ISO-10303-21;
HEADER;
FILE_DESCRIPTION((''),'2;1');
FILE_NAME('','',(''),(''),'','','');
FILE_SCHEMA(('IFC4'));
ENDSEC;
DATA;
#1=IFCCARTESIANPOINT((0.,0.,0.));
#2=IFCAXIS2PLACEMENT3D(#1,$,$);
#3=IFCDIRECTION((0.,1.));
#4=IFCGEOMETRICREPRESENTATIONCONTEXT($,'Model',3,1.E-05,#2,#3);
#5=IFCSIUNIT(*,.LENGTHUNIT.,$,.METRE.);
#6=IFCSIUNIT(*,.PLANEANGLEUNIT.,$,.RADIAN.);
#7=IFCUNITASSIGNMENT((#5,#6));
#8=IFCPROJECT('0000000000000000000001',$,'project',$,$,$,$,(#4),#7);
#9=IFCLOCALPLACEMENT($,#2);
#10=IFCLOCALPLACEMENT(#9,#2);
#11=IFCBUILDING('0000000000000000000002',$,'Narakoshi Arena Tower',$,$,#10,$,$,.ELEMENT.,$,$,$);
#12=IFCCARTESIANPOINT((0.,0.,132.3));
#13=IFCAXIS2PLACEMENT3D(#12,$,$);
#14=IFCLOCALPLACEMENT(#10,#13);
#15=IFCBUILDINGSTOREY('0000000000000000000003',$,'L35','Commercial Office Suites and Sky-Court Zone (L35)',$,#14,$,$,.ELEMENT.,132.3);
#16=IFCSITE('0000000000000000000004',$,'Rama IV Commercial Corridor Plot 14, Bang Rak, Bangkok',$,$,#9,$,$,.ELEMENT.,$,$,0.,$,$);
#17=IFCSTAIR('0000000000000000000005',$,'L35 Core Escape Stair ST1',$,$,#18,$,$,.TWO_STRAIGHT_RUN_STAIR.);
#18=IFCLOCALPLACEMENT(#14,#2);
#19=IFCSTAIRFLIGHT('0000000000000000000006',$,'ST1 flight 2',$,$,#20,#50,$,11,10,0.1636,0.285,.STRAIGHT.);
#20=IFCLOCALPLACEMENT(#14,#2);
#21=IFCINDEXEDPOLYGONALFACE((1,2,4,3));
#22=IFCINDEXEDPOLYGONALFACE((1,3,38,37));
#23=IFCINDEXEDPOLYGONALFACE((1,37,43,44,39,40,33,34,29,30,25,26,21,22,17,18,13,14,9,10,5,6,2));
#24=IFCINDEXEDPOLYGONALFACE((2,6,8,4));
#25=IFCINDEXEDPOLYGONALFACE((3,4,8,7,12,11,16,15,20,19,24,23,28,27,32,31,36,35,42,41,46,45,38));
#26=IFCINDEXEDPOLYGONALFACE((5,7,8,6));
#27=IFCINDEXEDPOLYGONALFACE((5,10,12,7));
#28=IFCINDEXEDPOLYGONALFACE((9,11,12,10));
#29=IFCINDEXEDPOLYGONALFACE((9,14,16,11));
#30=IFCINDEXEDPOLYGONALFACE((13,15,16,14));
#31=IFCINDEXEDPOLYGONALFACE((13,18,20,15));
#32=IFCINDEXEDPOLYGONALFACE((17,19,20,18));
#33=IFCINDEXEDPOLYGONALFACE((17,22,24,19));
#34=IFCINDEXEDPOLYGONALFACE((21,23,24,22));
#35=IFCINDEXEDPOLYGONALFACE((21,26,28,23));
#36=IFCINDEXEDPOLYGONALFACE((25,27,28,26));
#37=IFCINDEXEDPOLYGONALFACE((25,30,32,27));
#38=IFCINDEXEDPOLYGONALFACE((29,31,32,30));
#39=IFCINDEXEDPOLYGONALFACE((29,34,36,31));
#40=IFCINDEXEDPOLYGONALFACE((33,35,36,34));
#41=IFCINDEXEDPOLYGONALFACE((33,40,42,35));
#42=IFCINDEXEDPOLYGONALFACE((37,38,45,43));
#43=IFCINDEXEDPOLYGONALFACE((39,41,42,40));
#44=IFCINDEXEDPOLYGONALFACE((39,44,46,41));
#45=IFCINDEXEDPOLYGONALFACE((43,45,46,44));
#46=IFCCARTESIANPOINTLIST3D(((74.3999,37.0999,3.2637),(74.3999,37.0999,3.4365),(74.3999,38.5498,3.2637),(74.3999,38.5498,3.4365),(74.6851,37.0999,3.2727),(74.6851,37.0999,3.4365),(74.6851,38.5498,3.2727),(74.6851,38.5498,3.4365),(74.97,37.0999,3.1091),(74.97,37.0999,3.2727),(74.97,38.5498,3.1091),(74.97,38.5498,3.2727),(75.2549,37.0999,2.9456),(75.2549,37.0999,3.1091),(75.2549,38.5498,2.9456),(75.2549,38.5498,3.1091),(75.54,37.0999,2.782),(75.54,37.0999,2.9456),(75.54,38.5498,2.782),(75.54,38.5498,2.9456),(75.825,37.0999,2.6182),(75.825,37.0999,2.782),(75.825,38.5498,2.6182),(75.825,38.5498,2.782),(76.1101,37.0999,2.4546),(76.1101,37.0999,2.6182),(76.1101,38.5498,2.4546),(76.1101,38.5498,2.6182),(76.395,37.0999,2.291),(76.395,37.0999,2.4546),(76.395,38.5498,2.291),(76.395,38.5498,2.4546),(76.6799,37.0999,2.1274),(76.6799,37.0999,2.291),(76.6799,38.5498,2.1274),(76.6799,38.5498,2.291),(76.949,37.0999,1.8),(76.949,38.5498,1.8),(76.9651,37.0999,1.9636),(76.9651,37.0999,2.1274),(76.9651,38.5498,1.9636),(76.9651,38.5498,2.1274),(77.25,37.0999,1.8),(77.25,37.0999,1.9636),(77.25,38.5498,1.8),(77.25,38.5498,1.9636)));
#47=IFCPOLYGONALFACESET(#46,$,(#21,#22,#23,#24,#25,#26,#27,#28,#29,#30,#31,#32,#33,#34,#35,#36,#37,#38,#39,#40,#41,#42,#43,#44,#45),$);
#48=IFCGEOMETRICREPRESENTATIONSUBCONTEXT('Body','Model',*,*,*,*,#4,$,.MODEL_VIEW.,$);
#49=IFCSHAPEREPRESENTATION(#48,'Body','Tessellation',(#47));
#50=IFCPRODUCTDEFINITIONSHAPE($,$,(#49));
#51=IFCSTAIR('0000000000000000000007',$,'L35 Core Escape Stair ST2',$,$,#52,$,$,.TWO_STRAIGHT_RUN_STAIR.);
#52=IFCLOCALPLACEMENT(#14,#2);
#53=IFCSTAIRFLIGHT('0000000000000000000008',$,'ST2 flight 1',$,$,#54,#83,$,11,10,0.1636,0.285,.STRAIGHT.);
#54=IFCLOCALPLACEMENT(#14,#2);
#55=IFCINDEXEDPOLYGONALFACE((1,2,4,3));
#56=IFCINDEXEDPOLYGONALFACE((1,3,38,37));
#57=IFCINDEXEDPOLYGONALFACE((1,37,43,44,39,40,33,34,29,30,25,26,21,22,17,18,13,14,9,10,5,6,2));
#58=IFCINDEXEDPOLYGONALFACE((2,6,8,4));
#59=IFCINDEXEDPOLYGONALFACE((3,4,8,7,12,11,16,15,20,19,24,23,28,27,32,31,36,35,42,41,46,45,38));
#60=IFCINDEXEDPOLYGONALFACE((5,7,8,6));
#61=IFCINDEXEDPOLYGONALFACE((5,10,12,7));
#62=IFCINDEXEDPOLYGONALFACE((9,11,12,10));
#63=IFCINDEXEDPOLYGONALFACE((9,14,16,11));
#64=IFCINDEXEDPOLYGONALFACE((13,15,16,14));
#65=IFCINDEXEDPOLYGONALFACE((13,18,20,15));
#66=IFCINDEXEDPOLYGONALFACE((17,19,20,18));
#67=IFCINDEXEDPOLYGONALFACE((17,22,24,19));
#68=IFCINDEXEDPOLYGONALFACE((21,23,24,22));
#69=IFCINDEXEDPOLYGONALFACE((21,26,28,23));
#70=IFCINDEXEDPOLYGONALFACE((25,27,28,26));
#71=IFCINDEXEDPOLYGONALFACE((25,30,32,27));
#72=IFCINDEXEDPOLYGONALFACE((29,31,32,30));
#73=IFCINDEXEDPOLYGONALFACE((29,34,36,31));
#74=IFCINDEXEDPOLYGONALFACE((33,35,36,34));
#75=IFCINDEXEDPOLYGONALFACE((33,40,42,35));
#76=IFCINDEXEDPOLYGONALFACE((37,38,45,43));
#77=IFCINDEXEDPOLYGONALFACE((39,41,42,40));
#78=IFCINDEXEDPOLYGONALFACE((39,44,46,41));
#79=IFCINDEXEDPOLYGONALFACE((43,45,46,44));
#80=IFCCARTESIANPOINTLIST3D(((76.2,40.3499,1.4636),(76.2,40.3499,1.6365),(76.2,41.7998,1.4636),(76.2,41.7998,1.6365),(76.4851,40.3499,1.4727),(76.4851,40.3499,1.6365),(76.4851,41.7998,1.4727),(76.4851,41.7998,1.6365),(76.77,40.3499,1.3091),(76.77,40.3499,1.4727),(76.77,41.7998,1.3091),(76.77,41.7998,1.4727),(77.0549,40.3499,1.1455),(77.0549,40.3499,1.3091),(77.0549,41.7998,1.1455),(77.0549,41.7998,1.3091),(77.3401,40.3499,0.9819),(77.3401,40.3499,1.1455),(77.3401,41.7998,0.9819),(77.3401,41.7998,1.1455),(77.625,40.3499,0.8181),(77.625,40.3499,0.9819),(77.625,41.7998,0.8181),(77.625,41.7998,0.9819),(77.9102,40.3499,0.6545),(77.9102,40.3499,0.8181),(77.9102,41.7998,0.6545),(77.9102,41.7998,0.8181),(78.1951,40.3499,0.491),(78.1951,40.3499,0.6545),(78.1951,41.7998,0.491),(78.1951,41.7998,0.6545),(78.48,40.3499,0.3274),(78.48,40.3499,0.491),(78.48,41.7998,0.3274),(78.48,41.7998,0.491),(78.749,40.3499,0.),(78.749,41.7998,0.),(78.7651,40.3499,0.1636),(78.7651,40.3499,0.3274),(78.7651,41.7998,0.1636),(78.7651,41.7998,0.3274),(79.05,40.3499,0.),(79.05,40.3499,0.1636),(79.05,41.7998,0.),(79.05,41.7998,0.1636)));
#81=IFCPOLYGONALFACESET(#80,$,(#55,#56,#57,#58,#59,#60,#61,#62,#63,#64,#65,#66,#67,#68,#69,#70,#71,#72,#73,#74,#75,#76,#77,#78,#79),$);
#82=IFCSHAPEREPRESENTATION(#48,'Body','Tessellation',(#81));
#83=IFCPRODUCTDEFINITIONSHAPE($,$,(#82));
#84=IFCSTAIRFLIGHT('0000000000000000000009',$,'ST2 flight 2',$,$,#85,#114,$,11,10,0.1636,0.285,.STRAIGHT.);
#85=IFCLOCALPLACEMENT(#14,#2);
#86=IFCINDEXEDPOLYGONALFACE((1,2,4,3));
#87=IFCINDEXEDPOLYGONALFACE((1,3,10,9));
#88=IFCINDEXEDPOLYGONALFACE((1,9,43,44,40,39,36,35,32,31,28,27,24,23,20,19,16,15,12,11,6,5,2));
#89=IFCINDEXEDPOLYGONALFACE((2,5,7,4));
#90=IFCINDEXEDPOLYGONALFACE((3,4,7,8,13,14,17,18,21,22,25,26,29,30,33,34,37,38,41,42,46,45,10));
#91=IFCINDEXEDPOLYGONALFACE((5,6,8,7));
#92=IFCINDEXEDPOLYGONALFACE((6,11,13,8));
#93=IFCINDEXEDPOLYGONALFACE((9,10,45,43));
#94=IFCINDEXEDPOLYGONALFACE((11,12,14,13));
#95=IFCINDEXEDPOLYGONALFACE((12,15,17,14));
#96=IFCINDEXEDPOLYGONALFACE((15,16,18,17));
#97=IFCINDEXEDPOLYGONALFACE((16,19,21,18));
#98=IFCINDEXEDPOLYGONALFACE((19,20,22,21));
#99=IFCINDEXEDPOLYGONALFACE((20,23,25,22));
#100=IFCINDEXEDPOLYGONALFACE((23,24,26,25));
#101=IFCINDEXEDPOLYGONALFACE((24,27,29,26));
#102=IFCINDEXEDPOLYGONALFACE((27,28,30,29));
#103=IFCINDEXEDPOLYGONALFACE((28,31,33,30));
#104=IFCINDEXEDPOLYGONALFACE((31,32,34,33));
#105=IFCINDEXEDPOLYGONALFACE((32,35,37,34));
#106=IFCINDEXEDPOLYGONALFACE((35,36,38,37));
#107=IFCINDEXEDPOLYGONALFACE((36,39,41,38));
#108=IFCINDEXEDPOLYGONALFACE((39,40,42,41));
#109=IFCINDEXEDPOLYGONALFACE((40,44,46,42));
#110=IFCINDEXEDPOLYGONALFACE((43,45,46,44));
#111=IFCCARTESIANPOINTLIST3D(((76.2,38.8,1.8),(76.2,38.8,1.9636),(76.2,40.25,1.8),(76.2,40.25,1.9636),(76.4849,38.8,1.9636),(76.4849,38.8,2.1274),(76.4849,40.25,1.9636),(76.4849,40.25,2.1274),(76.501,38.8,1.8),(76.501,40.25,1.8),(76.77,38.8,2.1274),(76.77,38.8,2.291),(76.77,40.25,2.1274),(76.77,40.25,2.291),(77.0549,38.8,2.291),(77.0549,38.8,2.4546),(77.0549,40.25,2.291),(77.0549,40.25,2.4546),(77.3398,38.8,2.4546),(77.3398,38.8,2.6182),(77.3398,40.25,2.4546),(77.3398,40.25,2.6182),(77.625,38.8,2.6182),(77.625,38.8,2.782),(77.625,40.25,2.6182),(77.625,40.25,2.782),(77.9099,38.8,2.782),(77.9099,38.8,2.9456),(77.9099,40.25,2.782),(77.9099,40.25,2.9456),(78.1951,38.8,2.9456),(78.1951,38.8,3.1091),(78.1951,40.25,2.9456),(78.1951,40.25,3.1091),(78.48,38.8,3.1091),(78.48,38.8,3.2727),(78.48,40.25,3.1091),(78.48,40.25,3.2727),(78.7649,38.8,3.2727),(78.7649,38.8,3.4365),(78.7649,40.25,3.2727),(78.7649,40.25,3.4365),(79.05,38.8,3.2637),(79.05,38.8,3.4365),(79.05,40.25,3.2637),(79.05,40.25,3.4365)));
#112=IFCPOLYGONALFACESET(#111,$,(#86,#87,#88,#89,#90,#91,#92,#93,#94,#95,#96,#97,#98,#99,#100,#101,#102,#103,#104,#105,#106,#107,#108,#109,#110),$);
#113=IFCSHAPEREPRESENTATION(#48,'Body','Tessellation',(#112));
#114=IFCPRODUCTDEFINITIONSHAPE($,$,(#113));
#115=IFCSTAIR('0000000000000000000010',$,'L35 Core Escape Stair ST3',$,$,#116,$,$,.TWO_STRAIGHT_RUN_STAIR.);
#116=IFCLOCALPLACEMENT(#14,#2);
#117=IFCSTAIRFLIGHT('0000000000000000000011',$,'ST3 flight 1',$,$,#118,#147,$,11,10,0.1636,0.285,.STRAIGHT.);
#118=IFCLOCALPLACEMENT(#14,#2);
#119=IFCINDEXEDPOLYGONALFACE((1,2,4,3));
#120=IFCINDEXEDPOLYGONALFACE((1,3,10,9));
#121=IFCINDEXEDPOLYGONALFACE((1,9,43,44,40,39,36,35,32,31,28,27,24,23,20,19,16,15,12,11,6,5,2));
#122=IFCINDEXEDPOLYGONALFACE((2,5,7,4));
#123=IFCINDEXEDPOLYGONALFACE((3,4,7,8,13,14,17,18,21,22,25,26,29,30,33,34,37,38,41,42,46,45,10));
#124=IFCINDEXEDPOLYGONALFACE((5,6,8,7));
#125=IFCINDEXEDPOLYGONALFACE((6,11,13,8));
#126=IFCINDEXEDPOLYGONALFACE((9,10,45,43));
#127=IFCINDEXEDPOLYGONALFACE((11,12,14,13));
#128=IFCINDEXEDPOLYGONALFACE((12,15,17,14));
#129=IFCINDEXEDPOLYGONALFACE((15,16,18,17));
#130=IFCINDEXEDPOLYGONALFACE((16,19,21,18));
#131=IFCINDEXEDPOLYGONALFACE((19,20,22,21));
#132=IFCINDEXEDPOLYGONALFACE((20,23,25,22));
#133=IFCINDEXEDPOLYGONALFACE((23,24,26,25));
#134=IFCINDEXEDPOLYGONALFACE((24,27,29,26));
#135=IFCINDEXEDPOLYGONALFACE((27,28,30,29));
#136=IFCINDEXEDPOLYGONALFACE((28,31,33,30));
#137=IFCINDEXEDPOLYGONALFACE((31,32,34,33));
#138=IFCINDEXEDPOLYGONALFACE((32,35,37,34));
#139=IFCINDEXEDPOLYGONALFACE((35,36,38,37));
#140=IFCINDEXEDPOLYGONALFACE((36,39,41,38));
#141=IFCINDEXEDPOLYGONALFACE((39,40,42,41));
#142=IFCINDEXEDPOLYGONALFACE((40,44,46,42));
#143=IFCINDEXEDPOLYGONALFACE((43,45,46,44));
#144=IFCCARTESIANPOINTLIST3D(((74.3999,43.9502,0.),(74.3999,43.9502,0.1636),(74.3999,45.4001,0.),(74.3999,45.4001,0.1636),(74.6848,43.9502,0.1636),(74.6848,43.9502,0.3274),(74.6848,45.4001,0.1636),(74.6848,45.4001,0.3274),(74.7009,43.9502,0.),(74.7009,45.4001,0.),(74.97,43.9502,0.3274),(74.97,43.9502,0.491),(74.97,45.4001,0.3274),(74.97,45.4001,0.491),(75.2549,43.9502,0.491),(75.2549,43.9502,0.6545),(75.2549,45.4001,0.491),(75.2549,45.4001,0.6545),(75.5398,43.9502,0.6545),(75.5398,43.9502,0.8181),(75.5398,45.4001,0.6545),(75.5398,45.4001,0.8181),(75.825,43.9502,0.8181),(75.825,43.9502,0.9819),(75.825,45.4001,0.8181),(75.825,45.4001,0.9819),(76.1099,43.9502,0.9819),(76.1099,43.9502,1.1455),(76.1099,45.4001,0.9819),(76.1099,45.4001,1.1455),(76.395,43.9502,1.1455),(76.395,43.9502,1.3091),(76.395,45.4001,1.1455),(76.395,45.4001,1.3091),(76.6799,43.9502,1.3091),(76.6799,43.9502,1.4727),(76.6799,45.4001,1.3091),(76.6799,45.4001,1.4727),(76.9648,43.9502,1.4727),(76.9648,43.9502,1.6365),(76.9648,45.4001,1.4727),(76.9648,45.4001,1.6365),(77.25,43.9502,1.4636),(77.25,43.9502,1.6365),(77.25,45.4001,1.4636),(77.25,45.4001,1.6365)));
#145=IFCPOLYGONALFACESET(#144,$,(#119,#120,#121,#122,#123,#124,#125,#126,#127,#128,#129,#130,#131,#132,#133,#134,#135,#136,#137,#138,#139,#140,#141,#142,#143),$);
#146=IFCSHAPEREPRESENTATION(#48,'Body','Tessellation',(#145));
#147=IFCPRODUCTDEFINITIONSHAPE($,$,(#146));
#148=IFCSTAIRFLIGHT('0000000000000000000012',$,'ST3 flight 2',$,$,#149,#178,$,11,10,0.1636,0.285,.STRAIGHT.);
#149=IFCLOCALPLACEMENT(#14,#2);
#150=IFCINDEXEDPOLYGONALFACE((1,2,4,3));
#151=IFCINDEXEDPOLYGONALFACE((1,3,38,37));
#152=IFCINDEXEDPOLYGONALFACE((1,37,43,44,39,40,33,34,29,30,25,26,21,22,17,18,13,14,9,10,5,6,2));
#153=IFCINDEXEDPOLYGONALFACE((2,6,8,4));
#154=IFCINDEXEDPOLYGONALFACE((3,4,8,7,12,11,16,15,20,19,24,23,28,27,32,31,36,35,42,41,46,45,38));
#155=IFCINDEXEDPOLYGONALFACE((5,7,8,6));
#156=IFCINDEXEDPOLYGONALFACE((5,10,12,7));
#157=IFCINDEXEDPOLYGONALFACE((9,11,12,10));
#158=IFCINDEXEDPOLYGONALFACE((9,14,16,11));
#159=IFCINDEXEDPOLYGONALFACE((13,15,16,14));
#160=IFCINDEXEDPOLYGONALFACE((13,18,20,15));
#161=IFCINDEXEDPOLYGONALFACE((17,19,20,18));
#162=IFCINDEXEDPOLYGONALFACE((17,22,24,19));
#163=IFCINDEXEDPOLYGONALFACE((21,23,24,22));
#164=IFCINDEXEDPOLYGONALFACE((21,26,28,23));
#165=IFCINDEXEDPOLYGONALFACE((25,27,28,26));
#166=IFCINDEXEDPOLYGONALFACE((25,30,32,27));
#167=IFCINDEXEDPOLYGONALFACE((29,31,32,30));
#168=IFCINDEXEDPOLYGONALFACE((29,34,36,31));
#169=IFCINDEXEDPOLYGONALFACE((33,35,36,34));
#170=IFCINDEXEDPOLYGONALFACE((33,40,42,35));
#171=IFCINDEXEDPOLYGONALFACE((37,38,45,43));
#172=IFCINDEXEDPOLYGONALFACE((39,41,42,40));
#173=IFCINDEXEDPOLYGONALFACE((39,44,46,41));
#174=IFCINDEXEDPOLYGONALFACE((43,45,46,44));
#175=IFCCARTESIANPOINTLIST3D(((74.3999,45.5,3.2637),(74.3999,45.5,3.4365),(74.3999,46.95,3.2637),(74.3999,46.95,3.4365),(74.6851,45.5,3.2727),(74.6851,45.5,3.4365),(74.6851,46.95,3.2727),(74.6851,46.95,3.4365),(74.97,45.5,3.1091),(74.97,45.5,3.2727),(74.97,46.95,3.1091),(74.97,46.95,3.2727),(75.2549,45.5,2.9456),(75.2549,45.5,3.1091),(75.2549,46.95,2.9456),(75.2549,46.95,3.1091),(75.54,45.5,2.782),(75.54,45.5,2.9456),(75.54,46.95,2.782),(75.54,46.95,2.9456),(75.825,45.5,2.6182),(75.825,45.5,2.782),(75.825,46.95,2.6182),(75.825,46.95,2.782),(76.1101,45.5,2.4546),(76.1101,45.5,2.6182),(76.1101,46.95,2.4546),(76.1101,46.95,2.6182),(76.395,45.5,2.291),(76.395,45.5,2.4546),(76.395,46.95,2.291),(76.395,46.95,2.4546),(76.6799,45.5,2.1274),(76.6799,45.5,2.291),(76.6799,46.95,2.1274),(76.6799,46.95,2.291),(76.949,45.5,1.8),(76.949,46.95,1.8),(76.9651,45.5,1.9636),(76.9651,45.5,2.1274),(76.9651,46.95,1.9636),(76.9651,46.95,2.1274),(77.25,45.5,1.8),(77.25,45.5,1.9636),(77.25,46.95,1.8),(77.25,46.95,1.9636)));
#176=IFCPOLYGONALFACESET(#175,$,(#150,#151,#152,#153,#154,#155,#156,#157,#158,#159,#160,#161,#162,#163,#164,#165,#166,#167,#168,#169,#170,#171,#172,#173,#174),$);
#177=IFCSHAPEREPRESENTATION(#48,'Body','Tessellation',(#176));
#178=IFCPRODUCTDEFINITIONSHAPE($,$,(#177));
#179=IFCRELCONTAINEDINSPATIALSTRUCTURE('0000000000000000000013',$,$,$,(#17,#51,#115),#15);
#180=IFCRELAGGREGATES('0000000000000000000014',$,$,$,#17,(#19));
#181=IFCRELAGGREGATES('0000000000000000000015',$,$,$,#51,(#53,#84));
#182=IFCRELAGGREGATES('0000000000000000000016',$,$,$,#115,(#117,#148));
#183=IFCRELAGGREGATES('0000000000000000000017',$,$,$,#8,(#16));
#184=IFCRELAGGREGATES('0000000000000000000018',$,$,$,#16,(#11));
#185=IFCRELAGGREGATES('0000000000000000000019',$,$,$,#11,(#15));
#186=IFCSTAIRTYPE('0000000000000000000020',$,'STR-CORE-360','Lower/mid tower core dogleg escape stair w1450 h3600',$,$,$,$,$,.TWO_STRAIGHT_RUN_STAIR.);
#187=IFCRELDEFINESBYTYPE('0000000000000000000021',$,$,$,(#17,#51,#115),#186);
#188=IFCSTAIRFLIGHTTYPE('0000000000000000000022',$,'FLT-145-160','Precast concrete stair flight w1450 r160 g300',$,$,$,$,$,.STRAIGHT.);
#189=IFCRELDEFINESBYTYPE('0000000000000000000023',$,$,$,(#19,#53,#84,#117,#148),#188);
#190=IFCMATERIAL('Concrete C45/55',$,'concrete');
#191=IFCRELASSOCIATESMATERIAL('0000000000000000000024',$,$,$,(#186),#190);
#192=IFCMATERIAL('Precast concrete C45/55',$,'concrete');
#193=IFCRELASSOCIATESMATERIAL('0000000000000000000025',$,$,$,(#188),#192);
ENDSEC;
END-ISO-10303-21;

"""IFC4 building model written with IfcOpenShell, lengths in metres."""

from ifc_helpers import new_model, si_unit, direction, frame, origin, place, context, subcontext, project, spatial, polyline, outline, extrude, material, type_object, element, aggregate, save


model = new_model("IFC4")

# Units and contexts
model_context = context("Model", 3, precision=1e-05, world=origin(), true_north=direction((0.0, 1.0)))
body_context = subcontext(model_context, "Body", "Model", "MODEL_VIEW")
ifc_project = project(units=[si_unit("LENGTHUNIT", "METRE"), si_unit("PLANEANGLEUNIT", "RADIAN")], contexts=[model_context])

# Site, building, storey
site_placement = place(None, origin())
site = spatial("IfcSite", under=ifc_project, at=site_placement, Name="Rama IV Commercial Corridor Plot 14, Bang Rak, Bangkok", CompositionType="ELEMENT", RefElevation=0.0)
building_placement = place(site_placement, origin())
building = spatial("IfcBuilding", under=site, at=building_placement, Name="Narakoshi Arena Tower", CompositionType="ELEMENT")
storey_placement = place(building_placement, frame((0.0, 0.0, 132.3)))
storey = spatial("IfcBuildingStorey", under=building, at=storey_placement, Name="L35", Description="Commercial Office Suites and Sky-Court Zone (L35)", CompositionType="ELEMENT", Elevation=132.3)

# Stairs, stair flights
ifc_material_1 = material(Name="Concrete C45/55", Category="concrete")
stair_type = type_object("IfcStairType", Name="STR-CORE-360", Description="Lower/mid tower core dogleg escape stair w1450 h3600", PredefinedType="TWO_STRAIGHT_RUN_STAIR", material=ifc_material_1)
stair_1_placement = place(storey_placement, origin())
stair_1 = element("IfcStair", 1, at=stair_1_placement, inside=storey, type_object=stair_type, Name="L35 Core Escape Stair ST1", PredefinedType="TWO_STRAIGHT_RUN_STAIR")
ifc_material_2 = material(Name="Precast concrete C45/55", Category="concrete")
stair_flight_type = type_object("IfcStairFlightType", Name="FLT-145-160", Description="Precast concrete stair flight w1450 r160 g300", PredefinedType="STRAIGHT", material=ifc_material_2)
stair_flight_1_placement = place(storey_placement, frame((77.25, 37.825, 1.8), z_axis=(0.0, 0.0, 1.0), x_axis=(-1.0, 0.0, 0.0)))
stair_flight_1 = element("IfcStairFlight", 2, at=stair_flight_1_placement, type_object=stair_flight_type, Name="ST1 flight 2", NumberOfRisers=11, NumberOfTreads=10, PredefinedType="STRAIGHT", RiserHeight=0.1636, TreadLength=0.285, context=body_context, shape_type="SweptSolid", body=[
    extrude(outline(polyline([(0.0, 0.0), (0.0, 0.1636), (0.2849, 0.1636), (0.2849, 0.3274), (0.5701, 0.3274), (0.5701, 0.491), (0.855, 0.491), (0.855, 0.6545), (1.1399, 0.6545), (1.1399, 0.8181), (1.425, 0.8181), (1.425, 0.9819), (1.71, 0.9819), (1.71, 1.1455), (1.9951, 1.1455), (1.9951, 1.3091), (2.28, 1.3091), (2.28, 1.4727), (2.5649, 1.4727), (2.5649, 1.6365), (2.8501, 1.6365), (2.8501, 1.8), (2.8501, 1.4636), (0.301, 0.0), (0.0, 0.0)])), frame((0.0, 0.7251, 0.0), z_axis=(0.0, -1.0, 0.0), x_axis=(1.0, 0.0, 0.0)), (0.0, 0.0, 1.0), 1.45),
])
aggregate(stair_1, [stair_flight_1])
stair_2_placement = place(storey_placement, origin())
stair_2 = element("IfcStair", 3, at=stair_2_placement, inside=storey, type_object=stair_type, Name="L35 Core Escape Stair ST2", PredefinedType="TWO_STRAIGHT_RUN_STAIR")
stair_flight_2_placement = place(storey_placement, frame((79.05, 41.075, 0.0), z_axis=(0.0, 0.0, 1.0), x_axis=(-1.0, 0.0, 0.0)))
stair_flight_2 = element("IfcStairFlight", 4, at=stair_flight_2_placement, type_object=stair_flight_type, Name="ST2 flight 1", NumberOfRisers=11, NumberOfTreads=10, PredefinedType="STRAIGHT", RiserHeight=0.1636, TreadLength=0.285, context=body_context, shape_type="SweptSolid", body=[
    extrude(outline(polyline([(0.0, 0.0), (0.0, 0.1636), (0.2849, 0.1636), (0.2849, 0.3274), (0.5701, 0.3274), (0.5701, 0.491), (0.855, 0.491), (0.855, 0.6545), (1.1399, 0.6545), (1.1399, 0.8181), (1.425, 0.8181), (1.425, 0.9819), (1.71, 0.9819), (1.71, 1.1455), (1.9951, 1.1455), (1.9951, 1.3091), (2.28, 1.3091), (2.28, 1.4727), (2.5649, 1.4727), (2.5649, 1.6365), (2.8501, 1.6365), (2.8501, 1.8), (2.8501, 1.4636), (0.301, 0.0), (0.0, 0.0)])), frame((0.0, 0.7251, 0.0), z_axis=(0.0, -1.0, 0.0), x_axis=(1.0, 0.0, 0.0)), (0.0, 0.0, 1.0), 1.45),
])
stair_flight_3_placement = place(storey_placement, frame((76.2, 39.5249, 1.8), z_axis=(0.0, 0.0, 1.0), x_axis=(1.0, 0.0, 0.0)))
stair_flight_3 = element("IfcStairFlight", 5, at=stair_flight_3_placement, type_object=stair_flight_type, Name="ST2 flight 2", NumberOfRisers=11, NumberOfTreads=10, PredefinedType="STRAIGHT", RiserHeight=0.1636, TreadLength=0.285, context=body_context, shape_type="SweptSolid", body=[
    extrude(outline(polyline([(0.0, 0.0), (0.0, 0.1636), (0.2849, 0.1636), (0.2849, 0.3274), (0.5701, 0.3274), (0.5701, 0.491), (0.855, 0.491), (0.855, 0.6545), (1.1399, 0.6545), (1.1399, 0.8181), (1.425, 0.8181), (1.425, 0.9819), (1.71, 0.9819), (1.71, 1.1455), (1.9951, 1.1455), (1.9951, 1.3091), (2.28, 1.3091), (2.28, 1.4727), (2.5649, 1.4727), (2.5649, 1.6365), (2.8501, 1.6365), (2.8501, 1.8), (2.8501, 1.4636), (0.301, 0.0), (0.0, 0.0)])), frame((0.0, 0.7251, 0.0), z_axis=(0.0, -1.0, 0.0), x_axis=(1.0, 0.0, 0.0)), (0.0, 0.0, 1.0), 1.45),
])
aggregate(stair_2, [stair_flight_2, stair_flight_3])
stair_3_placement = place(storey_placement, origin())
stair_3 = element("IfcStair", 6, at=stair_3_placement, inside=storey, type_object=stair_type, Name="L35 Core Escape Stair ST3", PredefinedType="TWO_STRAIGHT_RUN_STAIR")
stair_flight_4_placement = place(storey_placement, frame((74.3999, 44.675, 0.0), z_axis=(0.0, 0.0, 1.0), x_axis=(1.0, 0.0, 0.0)))
stair_flight_4 = element("IfcStairFlight", 7, at=stair_flight_4_placement, type_object=stair_flight_type, Name="ST3 flight 1", NumberOfRisers=11, NumberOfTreads=10, PredefinedType="STRAIGHT", RiserHeight=0.1636, TreadLength=0.285, context=body_context, shape_type="SweptSolid", body=[
    extrude(outline(polyline([(0.0, 0.0), (0.0, 0.1636), (0.2849, 0.1636), (0.2849, 0.3274), (0.5701, 0.3274), (0.5701, 0.491), (0.855, 0.491), (0.855, 0.6545), (1.1399, 0.6545), (1.1399, 0.8181), (1.425, 0.8181), (1.425, 0.9819), (1.71, 0.9819), (1.71, 1.1455), (1.9951, 1.1455), (1.9951, 1.3091), (2.28, 1.3091), (2.28, 1.4727), (2.5649, 1.4727), (2.5649, 1.6365), (2.8501, 1.6365), (2.8501, 1.8), (2.8501, 1.4636), (0.301, 0.0), (0.0, 0.0)])), frame((0.0, 0.7251, 0.0), z_axis=(0.0, -1.0, 0.0), x_axis=(1.0, 0.0, 0.0)), (0.0, 0.0, 1.0), 1.45),
])
stair_flight_5_placement = place(storey_placement, frame((77.25, 46.2251, 1.8), z_axis=(0.0, 0.0, 1.0), x_axis=(-1.0, 0.0, 0.0)))
stair_flight_5 = element("IfcStairFlight", 8, at=stair_flight_5_placement, type_object=stair_flight_type, Name="ST3 flight 2", NumberOfRisers=11, NumberOfTreads=10, PredefinedType="STRAIGHT", RiserHeight=0.1636, TreadLength=0.285, context=body_context, shape_type="SweptSolid", body=[
    extrude(outline(polyline([(0.0, 0.0), (0.0, 0.1636), (0.2849, 0.1636), (0.2849, 0.3274), (0.5701, 0.3274), (0.5701, 0.491), (0.855, 0.491), (0.855, 0.6545), (1.1399, 0.6545), (1.1399, 0.8181), (1.425, 0.8181), (1.425, 0.9819), (1.71, 0.9819), (1.71, 1.1455), (1.9951, 1.1455), (1.9951, 1.3091), (2.28, 1.3091), (2.28, 1.4727), (2.5649, 1.4727), (2.5649, 1.6365), (2.8501, 1.6365), (2.8501, 1.8), (2.8501, 1.4636), (0.301, 0.0), (0.0, 0.0)])), frame((0.0, 0.7251, 0.0), z_axis=(0.0, -1.0, 0.0), x_axis=(1.0, 0.0, 0.0)), (0.0, 0.0, 1.0), 1.45),
])
aggregate(stair_3, [stair_flight_4, stair_flight_5])

save(model, "model.ifc")
